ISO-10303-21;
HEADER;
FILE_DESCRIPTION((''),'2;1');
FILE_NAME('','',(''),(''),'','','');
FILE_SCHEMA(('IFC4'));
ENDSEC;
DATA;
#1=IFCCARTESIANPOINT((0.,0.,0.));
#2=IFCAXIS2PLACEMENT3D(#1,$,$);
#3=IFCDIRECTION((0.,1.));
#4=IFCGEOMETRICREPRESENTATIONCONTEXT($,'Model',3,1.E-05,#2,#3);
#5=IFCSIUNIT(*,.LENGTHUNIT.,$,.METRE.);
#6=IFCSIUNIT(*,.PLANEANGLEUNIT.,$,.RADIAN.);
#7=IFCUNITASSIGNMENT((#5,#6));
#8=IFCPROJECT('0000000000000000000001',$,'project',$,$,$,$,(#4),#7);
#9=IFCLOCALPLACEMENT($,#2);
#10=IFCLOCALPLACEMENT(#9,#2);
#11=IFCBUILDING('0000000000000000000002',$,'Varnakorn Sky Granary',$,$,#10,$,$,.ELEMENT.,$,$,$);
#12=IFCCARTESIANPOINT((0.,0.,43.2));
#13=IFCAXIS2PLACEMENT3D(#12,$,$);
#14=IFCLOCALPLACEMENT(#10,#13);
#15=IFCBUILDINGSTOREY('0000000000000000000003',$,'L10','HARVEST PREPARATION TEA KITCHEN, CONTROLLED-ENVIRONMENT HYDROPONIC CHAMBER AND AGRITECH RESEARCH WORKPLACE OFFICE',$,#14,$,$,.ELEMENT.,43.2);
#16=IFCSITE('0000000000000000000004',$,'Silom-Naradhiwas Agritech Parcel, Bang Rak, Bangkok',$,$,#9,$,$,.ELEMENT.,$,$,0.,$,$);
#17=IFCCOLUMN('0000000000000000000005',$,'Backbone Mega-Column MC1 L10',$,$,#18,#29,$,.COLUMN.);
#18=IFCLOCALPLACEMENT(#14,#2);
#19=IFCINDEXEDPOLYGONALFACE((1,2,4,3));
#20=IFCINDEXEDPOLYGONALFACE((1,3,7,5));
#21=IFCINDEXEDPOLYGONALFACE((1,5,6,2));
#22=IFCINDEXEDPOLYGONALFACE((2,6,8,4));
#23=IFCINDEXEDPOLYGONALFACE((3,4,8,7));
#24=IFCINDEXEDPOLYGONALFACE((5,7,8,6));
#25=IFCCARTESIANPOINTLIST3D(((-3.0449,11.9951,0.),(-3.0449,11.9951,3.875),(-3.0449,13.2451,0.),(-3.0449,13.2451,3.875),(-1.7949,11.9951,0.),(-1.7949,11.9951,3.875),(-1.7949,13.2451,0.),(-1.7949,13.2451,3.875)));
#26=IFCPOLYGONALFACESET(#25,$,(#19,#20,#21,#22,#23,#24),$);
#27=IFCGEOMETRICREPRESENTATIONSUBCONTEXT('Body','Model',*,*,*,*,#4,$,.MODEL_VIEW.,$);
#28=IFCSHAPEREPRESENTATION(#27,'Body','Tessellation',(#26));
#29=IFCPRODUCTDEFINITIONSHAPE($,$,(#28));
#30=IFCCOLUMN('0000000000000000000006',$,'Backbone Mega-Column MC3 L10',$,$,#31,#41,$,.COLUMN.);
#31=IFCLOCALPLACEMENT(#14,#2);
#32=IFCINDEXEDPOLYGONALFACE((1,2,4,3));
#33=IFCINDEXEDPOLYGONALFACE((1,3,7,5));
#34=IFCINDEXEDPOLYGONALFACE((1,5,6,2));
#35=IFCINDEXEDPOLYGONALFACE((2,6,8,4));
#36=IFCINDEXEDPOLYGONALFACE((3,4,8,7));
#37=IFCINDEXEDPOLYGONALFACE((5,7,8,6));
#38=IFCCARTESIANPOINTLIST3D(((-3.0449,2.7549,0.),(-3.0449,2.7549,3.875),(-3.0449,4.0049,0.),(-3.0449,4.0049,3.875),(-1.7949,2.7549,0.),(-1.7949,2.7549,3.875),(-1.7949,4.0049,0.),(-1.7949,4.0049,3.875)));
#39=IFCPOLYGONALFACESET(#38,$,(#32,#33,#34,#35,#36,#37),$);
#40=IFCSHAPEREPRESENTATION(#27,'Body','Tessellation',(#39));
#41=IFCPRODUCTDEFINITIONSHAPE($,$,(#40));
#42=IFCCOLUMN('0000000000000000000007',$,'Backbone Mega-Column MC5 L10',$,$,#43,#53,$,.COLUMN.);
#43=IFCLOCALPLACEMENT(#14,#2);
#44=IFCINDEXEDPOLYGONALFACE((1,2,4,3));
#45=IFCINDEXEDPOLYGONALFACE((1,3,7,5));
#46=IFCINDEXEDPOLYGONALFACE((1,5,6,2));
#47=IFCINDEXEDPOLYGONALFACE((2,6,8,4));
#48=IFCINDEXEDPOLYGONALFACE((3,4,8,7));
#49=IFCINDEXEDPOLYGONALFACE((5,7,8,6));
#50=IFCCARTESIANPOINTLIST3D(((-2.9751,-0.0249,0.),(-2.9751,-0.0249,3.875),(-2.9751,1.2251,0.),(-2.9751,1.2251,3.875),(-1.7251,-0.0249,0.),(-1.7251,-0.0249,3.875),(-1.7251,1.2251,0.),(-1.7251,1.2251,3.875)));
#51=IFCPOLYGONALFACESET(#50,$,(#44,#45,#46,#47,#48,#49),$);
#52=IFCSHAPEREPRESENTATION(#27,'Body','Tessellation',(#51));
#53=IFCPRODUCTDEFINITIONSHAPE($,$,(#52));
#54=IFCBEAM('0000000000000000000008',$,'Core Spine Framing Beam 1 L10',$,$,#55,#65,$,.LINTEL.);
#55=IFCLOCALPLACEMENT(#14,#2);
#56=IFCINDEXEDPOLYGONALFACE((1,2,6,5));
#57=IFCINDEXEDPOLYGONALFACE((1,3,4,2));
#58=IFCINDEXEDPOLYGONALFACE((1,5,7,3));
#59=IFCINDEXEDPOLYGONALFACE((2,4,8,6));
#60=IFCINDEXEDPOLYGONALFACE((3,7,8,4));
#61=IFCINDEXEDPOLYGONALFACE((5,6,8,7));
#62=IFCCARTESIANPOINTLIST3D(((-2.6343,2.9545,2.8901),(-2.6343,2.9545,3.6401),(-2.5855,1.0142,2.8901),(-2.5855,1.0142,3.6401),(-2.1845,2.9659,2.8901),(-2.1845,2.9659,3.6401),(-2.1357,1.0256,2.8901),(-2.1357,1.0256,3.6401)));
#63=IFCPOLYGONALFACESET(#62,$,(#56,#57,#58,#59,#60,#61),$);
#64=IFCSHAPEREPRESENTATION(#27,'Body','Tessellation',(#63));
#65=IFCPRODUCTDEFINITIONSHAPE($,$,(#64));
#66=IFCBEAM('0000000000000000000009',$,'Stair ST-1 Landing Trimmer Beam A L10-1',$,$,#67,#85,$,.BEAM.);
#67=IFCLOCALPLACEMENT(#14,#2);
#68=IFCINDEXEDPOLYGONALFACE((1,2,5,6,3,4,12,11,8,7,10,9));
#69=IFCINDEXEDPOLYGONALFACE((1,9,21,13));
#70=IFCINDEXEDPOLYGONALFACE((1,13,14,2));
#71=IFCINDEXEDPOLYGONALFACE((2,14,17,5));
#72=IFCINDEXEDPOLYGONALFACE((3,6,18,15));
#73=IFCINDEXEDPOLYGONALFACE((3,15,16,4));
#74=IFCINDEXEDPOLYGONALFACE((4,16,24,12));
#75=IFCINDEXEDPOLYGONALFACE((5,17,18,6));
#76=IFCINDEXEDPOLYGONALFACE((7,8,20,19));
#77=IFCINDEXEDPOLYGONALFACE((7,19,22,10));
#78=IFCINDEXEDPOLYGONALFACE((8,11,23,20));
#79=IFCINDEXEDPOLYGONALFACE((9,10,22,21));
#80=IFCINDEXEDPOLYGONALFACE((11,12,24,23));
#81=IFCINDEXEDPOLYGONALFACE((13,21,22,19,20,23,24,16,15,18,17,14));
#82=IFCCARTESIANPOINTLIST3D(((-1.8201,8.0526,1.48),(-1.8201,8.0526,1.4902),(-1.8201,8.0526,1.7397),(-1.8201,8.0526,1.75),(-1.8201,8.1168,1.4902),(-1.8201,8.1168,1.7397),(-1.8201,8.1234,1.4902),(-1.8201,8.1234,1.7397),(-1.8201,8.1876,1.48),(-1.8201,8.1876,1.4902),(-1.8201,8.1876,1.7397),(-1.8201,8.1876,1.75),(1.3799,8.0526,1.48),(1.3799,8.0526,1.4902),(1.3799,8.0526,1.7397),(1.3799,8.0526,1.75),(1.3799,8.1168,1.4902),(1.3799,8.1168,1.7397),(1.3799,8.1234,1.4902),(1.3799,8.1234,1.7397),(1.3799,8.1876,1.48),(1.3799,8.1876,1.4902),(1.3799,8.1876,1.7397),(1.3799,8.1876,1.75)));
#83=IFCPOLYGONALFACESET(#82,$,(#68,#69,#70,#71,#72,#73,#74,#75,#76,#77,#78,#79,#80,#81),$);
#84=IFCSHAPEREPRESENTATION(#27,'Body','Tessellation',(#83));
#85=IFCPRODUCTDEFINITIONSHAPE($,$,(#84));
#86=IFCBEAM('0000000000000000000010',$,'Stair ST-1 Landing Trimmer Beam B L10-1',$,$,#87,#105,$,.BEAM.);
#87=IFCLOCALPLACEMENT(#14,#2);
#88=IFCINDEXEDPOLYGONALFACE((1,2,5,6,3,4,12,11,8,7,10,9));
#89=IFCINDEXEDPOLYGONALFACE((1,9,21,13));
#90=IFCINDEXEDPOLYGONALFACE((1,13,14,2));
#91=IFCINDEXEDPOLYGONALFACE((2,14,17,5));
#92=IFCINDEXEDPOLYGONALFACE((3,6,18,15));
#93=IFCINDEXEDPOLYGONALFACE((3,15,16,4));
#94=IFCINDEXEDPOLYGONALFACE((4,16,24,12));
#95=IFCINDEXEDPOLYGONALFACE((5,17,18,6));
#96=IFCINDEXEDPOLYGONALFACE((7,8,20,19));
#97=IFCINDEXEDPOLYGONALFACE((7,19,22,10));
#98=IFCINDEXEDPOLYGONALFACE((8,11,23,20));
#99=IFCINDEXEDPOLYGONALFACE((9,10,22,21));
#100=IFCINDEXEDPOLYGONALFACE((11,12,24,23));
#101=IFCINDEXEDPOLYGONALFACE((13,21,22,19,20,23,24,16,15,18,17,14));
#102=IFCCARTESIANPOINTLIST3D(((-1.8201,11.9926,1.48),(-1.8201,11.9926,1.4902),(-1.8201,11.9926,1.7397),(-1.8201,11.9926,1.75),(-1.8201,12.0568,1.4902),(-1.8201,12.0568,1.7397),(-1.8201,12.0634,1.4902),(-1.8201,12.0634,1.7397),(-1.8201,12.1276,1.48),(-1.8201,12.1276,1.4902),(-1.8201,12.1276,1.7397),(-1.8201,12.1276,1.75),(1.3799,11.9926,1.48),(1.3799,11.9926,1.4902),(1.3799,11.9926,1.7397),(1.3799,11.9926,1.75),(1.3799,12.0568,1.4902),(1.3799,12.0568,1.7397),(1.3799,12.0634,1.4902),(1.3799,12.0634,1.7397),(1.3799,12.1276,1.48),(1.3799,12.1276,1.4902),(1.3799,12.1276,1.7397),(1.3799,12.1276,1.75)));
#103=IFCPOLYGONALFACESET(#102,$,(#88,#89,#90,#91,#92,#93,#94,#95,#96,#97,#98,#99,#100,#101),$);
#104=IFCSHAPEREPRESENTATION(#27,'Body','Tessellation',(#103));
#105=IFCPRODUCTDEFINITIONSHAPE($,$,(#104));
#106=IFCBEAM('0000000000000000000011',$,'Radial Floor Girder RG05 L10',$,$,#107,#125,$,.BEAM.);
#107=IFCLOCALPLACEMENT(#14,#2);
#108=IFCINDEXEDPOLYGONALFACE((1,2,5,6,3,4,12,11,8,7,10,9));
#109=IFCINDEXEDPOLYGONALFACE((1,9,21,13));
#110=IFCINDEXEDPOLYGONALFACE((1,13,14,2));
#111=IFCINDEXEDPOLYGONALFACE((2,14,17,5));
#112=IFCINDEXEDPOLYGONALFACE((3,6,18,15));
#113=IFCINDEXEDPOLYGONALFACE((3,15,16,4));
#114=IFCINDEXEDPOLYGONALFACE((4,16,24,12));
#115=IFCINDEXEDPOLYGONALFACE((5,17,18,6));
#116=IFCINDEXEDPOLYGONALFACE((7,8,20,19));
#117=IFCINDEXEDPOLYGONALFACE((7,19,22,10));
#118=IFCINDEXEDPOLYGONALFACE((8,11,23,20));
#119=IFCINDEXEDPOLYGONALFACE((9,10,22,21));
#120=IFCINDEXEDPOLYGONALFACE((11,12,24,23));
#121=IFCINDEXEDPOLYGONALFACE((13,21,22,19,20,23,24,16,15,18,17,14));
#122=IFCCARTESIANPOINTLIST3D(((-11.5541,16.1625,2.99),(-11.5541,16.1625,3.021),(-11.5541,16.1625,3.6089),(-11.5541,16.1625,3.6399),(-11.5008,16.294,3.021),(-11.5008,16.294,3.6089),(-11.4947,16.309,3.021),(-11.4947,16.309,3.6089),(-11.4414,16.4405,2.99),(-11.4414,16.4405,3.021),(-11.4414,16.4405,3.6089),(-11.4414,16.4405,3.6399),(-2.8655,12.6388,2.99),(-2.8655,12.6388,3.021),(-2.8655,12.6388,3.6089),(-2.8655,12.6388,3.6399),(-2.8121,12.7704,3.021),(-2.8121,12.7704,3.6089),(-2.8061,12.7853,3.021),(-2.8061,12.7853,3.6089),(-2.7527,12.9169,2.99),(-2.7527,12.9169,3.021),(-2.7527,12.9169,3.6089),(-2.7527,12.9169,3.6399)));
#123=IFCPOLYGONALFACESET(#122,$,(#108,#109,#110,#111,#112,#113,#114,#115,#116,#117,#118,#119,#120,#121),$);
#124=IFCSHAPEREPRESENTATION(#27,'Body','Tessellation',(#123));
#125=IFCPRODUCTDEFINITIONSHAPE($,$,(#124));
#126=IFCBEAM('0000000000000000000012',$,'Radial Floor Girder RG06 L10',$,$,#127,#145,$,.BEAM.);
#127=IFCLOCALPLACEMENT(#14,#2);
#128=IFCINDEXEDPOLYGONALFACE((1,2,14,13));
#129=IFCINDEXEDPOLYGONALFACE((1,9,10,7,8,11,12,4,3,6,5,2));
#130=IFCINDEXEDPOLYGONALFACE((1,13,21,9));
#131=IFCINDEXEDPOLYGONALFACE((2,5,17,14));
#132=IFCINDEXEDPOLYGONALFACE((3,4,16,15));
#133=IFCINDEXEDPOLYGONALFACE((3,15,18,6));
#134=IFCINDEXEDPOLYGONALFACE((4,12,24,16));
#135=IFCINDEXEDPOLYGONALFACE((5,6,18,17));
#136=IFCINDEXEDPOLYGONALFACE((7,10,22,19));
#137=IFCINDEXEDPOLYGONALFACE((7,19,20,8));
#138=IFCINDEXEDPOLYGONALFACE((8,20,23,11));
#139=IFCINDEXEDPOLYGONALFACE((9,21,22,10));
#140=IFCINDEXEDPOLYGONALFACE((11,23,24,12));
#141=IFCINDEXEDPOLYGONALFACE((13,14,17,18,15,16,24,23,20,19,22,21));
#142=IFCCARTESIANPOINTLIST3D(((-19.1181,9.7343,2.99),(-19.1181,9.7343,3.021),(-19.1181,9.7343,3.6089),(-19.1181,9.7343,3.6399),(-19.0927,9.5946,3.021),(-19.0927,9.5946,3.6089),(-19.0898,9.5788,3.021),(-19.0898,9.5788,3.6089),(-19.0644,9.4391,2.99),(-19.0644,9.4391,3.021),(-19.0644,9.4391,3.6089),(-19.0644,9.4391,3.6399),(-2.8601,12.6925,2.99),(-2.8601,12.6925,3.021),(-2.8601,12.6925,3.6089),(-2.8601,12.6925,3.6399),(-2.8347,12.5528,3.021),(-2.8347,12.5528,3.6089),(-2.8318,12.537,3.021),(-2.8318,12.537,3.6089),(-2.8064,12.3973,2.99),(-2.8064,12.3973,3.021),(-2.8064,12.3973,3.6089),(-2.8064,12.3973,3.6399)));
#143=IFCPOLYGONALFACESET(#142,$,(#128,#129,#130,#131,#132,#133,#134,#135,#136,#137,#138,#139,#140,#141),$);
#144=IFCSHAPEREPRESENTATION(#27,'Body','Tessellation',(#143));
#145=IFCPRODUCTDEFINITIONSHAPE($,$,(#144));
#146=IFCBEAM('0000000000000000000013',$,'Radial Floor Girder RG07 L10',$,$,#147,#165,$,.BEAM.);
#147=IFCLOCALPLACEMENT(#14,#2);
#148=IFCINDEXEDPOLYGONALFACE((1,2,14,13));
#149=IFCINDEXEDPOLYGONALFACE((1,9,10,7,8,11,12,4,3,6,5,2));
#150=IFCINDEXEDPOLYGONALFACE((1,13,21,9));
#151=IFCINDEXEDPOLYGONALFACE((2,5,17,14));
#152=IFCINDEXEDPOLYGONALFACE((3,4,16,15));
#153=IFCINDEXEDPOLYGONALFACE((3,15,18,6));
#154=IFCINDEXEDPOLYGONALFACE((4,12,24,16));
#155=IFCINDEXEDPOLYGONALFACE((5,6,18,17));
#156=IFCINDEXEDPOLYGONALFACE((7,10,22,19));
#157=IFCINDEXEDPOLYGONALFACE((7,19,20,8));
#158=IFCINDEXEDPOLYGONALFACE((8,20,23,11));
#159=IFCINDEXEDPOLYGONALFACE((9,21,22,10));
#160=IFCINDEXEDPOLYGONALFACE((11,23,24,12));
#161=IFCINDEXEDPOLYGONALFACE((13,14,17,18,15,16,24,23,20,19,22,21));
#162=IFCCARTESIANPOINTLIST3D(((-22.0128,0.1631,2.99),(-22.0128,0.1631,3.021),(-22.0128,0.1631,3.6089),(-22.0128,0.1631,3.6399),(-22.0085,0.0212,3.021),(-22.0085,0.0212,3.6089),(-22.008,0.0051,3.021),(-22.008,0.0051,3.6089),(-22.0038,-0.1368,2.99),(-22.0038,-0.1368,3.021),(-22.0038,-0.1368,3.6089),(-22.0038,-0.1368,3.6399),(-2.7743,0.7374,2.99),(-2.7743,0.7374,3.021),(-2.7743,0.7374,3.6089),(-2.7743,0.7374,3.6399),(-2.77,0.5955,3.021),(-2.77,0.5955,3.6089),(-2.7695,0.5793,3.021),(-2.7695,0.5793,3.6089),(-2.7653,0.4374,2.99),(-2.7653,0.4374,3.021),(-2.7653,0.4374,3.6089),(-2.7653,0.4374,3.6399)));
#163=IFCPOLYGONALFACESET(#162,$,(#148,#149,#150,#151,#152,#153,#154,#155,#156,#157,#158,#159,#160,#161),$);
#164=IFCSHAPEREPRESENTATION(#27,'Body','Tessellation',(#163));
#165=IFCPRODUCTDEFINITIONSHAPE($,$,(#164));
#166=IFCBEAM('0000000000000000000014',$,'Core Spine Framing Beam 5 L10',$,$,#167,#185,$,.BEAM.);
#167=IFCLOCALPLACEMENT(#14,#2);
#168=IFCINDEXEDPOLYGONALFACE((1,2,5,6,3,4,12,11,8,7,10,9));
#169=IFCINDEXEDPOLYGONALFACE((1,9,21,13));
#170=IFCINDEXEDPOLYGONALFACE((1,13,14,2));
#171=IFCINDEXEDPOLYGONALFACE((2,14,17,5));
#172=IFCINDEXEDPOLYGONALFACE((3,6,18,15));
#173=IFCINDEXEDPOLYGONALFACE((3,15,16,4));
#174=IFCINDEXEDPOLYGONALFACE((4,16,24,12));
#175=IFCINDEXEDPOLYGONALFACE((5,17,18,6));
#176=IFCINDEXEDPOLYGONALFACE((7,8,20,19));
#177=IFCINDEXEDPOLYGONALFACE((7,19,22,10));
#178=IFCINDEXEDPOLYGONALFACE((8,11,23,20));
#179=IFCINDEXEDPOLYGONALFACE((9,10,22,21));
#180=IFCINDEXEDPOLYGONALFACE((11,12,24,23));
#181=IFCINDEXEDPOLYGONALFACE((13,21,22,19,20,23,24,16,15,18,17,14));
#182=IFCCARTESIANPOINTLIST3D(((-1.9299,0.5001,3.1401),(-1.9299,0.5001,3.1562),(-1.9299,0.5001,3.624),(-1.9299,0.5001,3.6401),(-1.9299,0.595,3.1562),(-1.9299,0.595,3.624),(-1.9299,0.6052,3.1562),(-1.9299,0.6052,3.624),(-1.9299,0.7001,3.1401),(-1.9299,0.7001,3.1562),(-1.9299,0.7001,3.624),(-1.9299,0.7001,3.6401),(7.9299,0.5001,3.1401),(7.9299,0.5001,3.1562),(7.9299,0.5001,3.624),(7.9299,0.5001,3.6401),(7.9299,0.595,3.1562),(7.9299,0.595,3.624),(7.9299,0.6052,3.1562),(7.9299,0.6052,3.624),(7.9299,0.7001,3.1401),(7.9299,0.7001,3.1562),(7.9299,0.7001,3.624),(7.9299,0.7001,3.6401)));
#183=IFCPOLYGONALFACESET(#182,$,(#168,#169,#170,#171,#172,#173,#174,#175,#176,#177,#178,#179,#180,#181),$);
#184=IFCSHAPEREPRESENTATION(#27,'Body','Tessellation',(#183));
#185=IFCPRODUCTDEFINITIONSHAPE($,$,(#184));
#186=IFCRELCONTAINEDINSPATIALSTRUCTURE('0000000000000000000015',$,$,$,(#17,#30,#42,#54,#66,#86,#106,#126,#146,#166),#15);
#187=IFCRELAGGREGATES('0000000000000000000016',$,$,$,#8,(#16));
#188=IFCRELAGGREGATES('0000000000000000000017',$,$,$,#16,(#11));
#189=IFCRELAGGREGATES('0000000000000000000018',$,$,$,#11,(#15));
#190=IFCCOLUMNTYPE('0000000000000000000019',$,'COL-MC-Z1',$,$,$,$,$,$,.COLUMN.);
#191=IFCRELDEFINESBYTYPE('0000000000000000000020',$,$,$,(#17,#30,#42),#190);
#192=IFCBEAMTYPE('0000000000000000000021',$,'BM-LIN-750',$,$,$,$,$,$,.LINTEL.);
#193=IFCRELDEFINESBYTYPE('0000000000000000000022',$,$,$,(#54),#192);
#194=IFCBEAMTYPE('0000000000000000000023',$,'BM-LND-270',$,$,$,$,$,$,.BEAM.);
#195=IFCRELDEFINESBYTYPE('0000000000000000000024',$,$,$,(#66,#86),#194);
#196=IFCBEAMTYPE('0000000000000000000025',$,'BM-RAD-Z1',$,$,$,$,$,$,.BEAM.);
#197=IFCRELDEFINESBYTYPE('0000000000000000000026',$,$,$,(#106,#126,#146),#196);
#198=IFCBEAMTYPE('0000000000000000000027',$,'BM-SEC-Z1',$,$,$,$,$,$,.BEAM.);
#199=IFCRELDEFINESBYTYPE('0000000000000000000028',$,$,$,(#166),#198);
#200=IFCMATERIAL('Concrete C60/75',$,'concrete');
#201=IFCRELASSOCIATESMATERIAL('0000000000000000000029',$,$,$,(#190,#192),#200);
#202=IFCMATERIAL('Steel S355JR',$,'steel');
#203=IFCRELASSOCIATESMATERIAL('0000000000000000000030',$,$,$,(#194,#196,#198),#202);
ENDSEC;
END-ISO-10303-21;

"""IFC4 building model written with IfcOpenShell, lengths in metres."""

from ifc_helpers import new_model, si_unit, direction, frame, origin, origin_2d, place, context, subcontext, project, spatial, rectangle, i_section, extrude, material, material_profile, profile_set, type_object, element, save


model = new_model("IFC4")

# Units and contexts
model_context = context("Model", 3, precision=1e-05, world=origin(), true_north=direction((0.0, 1.0)))
body_context = subcontext(model_context, "Body", "Model", "MODEL_VIEW")
ifc_project = project(units=[si_unit("LENGTHUNIT", "METRE"), si_unit("PLANEANGLEUNIT", "RADIAN")], contexts=[model_context])

# Site, building, storey
site_placement = place(None, origin())
site = spatial("IfcSite", under=ifc_project, at=site_placement, Name="Silom-Naradhiwas Agritech Parcel, Bang Rak, Bangkok", CompositionType="ELEMENT", RefElevation=0.0)
building_placement = place(site_placement, origin())
building = spatial("IfcBuilding", under=site, at=building_placement, Name="Varnakorn Sky Granary", CompositionType="ELEMENT")
storey_placement = place(building_placement, frame((0.0, 0.0, 43.2)))
storey = spatial("IfcBuildingStorey", under=building, at=storey_placement, Name="L10", Description="HARVEST PREPARATION TEA KITCHEN, CONTROLLED-ENVIRONMENT HYDROPONIC CHAMBER AND AGRITECH RESEARCH WORKPLACE OFFICE", CompositionType="ELEMENT", Elevation=43.2)

# Columns
ifc_material_1 = material(Name="Concrete C60/75", Category="concrete")
ifc_material_profile_1 = material_profile(ifc_material_1, rectangle(XDim=1.25, YDim=1.25, at=origin_2d()), Name="RC 1250x1250")
ifc_profile_set_1 = profile_set([ifc_material_profile_1], Name="Concrete C60/75")
column_type = type_object("IfcColumnType", Name="COL-MC-Z1", PredefinedType="COLUMN", material=ifc_profile_set_1)
for number, where, z_axis, x_axis, name in (
    (1, (-2.4199, 12.6201, 0.0), (0.0, 0.0, 1.0), (1.0, 0.0, 0.0), "Backbone Mega-Column MC1 L10"),
    (2, (-2.4199, 3.3799, 0.0), (0.0, 0.0, 1.0), (1.0, 0.0, 0.0), "Backbone Mega-Column MC3 L10"),
    (3, (-2.3501, 0.6001, 0.0), (0.0, 0.0, 1.0), (1.0, 0.0, 0.0), "Backbone Mega-Column MC5 L10"),
):
    element("IfcColumn", number, at=place(storey_placement, frame(where, z_axis=z_axis, x_axis=x_axis)), inside=storey, type_object=column_type, Name=name, PredefinedType="COLUMN", context=body_context, shape_type="SweptSolid", body=[
        extrude(rectangle(XDim=1.25, YDim=1.25, at=origin_2d()), origin(), (0.0, 0.0, 1.0), 3.875),
    ])

# Beams
ifc_material_profile_2 = material_profile(ifc_material_1, rectangle(XDim=0.45, YDim=0.75, at=origin_2d()), Name="RC 450x750")
ifc_profile_set_2 = profile_set([ifc_material_profile_2], Name="Concrete C60/75")
beam_type_1 = type_object("IfcBeamType", Name="BM-LIN-750", PredefinedType="LINTEL", material=ifc_profile_set_2)
beam_1_placement = place(storey_placement, frame((-2.4094, 2.9602, 3.2651), z_axis=(0.025159, -0.999683, 0.0), x_axis=(0.999683, 0.025159, 0.0)))
element("IfcBeam", 4, at=beam_1_placement, inside=storey, type_object=beam_type_1, Name="Core Spine Framing Beam 1 L10", PredefinedType="LINTEL", context=body_context, shape_type="SweptSolid", body=[
    extrude(rectangle(XDim=0.45, YDim=0.75, at=origin_2d()), origin(), (0.0, 0.0, 1.0), 1.9409),
])
ifc_material_2 = material(Name="Steel S355JR", Category="steel")
ifc_material_profile_3 = material_profile(ifc_material_2, i_section(OverallWidth=0.135, OverallDepth=0.27, WebThickness=0.0066, FlangeThickness=0.0103, at=origin_2d()), Name="IPE 270")
ifc_profile_set_3 = profile_set([ifc_material_profile_3], Name="Steel S355JR")
beam_type_2 = type_object("IfcBeamType", Name="BM-LND-270", PredefinedType="BEAM", material=ifc_profile_set_3)
for number, where, z_axis, x_axis, name in (
    (5, (-1.8201, 8.1201, 1.615), (1.0, 0.0, 0.0), (0.0, 1.0, 0.0), "Stair ST-1 Landing Trimmer Beam A L10-1"),
    (6, (-1.8201, 12.0601, 1.615), (1.0, 0.0, 0.0), (0.0, 1.0, 0.0), "Stair ST-1 Landing Trimmer Beam B L10-1"),
):
    element("IfcBeam", number, at=place(storey_placement, frame(where, z_axis=z_axis, x_axis=x_axis)), inside=storey, type_object=beam_type_2, Name=name, PredefinedType="BEAM", context=body_context, shape_type="SweptSolid", body=[
        extrude(i_section(OverallWidth=0.135, OverallDepth=0.27, WebThickness=0.0066, FlangeThickness=0.0103, at=origin_2d()), origin(), (0.0, 0.0, 1.0), 3.2),
    ])
ifc_material_profile_4 = material_profile(ifc_material_2, i_section(OverallWidth=0.3, OverallDepth=0.6499, WebThickness=0.0161, FlangeThickness=0.031, at=origin_2d()), Name="HE 650 B")
ifc_profile_set_4 = profile_set([ifc_material_profile_4], Name="Steel S355JR")
beam_type_3 = type_object("IfcBeamType", Name="BM-RAD-Z1", PredefinedType="BEAM", material=ifc_profile_set_4)
beam_2_placement = place(storey_placement, frame((-2.8091, 12.7778, 3.3149), z_axis=(-0.926694, 0.375818, 0.0), x_axis=(-0.375818, -0.926694, 0.0)))
element("IfcBeam", 7, at=beam_2_placement, inside=storey, type_object=beam_type_3, Name="Radial Floor Girder RG05 L10", PredefinedType="BEAM", context=body_context, shape_type="SweptSolid", body=[
    extrude(i_section(OverallWidth=0.3, OverallDepth=0.6499, WebThickness=0.0161, FlangeThickness=0.031, at=origin_2d()), origin(), (0.0, 0.0, 1.0), 9.376),
])
beam_3_placement = place(storey_placement, frame((-2.8333, 12.5449, 3.3149), z_axis=(-0.983846, -0.179017, 0.0), x_axis=(0.179017, -0.983846, 0.0)))
element("IfcBeam", 8, at=beam_3_placement, inside=storey, type_object=beam_type_3, Name="Radial Floor Girder RG06 L10", PredefinedType="BEAM", context=body_context, shape_type="SweptSolid", body=[
    extrude(i_section(OverallWidth=0.3, OverallDepth=0.6499, WebThickness=0.0161, FlangeThickness=0.031, at=origin_2d()), origin(), (0.0, 0.0, 1.0), 16.5249),
])
beam_4_placement = place(storey_placement, frame((-2.7698, 0.5874, 3.3149), z_axis=(-0.999555, -0.029834, 0.0), x_axis=(0.029834, -0.999555, 0.0)))
element("IfcBeam", 9, at=beam_4_placement, inside=storey, type_object=beam_type_3, Name="Radial Floor Girder RG07 L10", PredefinedType="BEAM", context=body_context, shape_type="SweptSolid", body=[
    extrude(i_section(OverallWidth=0.3, OverallDepth=0.6499, WebThickness=0.0161, FlangeThickness=0.031, at=origin_2d()), origin(), (0.0, 0.0, 1.0), 19.2471),
])
ifc_material_profile_5 = material_profile(ifc_material_2, i_section(OverallWidth=0.2, OverallDepth=0.5, WebThickness=0.0103, FlangeThickness=0.0161, at=origin_2d()), Name="IPE 500")
ifc_profile_set_5 = profile_set([ifc_material_profile_5], Name="Steel S355JR")
beam_type_4 = type_object("IfcBeamType", Name="BM-SEC-Z1", PredefinedType="BEAM", material=ifc_profile_set_5)
beam_5_placement = place(storey_placement, frame((-1.9299, 0.6001, 3.3901), z_axis=(1.0, 0.0, 0.0), x_axis=(0.0, 1.0, 0.0)))
element("IfcBeam", 10, at=beam_5_placement, inside=storey, type_object=beam_type_4, Name="Core Spine Framing Beam 5 L10", PredefinedType="BEAM", context=body_context, shape_type="SweptSolid", body=[
    extrude(i_section(OverallWidth=0.2, OverallDepth=0.5, WebThickness=0.0103, FlangeThickness=0.0161, at=origin_2d()), origin(), (0.0, 0.0, 1.0), 9.8599),
])

save(model, "model.ifc")
